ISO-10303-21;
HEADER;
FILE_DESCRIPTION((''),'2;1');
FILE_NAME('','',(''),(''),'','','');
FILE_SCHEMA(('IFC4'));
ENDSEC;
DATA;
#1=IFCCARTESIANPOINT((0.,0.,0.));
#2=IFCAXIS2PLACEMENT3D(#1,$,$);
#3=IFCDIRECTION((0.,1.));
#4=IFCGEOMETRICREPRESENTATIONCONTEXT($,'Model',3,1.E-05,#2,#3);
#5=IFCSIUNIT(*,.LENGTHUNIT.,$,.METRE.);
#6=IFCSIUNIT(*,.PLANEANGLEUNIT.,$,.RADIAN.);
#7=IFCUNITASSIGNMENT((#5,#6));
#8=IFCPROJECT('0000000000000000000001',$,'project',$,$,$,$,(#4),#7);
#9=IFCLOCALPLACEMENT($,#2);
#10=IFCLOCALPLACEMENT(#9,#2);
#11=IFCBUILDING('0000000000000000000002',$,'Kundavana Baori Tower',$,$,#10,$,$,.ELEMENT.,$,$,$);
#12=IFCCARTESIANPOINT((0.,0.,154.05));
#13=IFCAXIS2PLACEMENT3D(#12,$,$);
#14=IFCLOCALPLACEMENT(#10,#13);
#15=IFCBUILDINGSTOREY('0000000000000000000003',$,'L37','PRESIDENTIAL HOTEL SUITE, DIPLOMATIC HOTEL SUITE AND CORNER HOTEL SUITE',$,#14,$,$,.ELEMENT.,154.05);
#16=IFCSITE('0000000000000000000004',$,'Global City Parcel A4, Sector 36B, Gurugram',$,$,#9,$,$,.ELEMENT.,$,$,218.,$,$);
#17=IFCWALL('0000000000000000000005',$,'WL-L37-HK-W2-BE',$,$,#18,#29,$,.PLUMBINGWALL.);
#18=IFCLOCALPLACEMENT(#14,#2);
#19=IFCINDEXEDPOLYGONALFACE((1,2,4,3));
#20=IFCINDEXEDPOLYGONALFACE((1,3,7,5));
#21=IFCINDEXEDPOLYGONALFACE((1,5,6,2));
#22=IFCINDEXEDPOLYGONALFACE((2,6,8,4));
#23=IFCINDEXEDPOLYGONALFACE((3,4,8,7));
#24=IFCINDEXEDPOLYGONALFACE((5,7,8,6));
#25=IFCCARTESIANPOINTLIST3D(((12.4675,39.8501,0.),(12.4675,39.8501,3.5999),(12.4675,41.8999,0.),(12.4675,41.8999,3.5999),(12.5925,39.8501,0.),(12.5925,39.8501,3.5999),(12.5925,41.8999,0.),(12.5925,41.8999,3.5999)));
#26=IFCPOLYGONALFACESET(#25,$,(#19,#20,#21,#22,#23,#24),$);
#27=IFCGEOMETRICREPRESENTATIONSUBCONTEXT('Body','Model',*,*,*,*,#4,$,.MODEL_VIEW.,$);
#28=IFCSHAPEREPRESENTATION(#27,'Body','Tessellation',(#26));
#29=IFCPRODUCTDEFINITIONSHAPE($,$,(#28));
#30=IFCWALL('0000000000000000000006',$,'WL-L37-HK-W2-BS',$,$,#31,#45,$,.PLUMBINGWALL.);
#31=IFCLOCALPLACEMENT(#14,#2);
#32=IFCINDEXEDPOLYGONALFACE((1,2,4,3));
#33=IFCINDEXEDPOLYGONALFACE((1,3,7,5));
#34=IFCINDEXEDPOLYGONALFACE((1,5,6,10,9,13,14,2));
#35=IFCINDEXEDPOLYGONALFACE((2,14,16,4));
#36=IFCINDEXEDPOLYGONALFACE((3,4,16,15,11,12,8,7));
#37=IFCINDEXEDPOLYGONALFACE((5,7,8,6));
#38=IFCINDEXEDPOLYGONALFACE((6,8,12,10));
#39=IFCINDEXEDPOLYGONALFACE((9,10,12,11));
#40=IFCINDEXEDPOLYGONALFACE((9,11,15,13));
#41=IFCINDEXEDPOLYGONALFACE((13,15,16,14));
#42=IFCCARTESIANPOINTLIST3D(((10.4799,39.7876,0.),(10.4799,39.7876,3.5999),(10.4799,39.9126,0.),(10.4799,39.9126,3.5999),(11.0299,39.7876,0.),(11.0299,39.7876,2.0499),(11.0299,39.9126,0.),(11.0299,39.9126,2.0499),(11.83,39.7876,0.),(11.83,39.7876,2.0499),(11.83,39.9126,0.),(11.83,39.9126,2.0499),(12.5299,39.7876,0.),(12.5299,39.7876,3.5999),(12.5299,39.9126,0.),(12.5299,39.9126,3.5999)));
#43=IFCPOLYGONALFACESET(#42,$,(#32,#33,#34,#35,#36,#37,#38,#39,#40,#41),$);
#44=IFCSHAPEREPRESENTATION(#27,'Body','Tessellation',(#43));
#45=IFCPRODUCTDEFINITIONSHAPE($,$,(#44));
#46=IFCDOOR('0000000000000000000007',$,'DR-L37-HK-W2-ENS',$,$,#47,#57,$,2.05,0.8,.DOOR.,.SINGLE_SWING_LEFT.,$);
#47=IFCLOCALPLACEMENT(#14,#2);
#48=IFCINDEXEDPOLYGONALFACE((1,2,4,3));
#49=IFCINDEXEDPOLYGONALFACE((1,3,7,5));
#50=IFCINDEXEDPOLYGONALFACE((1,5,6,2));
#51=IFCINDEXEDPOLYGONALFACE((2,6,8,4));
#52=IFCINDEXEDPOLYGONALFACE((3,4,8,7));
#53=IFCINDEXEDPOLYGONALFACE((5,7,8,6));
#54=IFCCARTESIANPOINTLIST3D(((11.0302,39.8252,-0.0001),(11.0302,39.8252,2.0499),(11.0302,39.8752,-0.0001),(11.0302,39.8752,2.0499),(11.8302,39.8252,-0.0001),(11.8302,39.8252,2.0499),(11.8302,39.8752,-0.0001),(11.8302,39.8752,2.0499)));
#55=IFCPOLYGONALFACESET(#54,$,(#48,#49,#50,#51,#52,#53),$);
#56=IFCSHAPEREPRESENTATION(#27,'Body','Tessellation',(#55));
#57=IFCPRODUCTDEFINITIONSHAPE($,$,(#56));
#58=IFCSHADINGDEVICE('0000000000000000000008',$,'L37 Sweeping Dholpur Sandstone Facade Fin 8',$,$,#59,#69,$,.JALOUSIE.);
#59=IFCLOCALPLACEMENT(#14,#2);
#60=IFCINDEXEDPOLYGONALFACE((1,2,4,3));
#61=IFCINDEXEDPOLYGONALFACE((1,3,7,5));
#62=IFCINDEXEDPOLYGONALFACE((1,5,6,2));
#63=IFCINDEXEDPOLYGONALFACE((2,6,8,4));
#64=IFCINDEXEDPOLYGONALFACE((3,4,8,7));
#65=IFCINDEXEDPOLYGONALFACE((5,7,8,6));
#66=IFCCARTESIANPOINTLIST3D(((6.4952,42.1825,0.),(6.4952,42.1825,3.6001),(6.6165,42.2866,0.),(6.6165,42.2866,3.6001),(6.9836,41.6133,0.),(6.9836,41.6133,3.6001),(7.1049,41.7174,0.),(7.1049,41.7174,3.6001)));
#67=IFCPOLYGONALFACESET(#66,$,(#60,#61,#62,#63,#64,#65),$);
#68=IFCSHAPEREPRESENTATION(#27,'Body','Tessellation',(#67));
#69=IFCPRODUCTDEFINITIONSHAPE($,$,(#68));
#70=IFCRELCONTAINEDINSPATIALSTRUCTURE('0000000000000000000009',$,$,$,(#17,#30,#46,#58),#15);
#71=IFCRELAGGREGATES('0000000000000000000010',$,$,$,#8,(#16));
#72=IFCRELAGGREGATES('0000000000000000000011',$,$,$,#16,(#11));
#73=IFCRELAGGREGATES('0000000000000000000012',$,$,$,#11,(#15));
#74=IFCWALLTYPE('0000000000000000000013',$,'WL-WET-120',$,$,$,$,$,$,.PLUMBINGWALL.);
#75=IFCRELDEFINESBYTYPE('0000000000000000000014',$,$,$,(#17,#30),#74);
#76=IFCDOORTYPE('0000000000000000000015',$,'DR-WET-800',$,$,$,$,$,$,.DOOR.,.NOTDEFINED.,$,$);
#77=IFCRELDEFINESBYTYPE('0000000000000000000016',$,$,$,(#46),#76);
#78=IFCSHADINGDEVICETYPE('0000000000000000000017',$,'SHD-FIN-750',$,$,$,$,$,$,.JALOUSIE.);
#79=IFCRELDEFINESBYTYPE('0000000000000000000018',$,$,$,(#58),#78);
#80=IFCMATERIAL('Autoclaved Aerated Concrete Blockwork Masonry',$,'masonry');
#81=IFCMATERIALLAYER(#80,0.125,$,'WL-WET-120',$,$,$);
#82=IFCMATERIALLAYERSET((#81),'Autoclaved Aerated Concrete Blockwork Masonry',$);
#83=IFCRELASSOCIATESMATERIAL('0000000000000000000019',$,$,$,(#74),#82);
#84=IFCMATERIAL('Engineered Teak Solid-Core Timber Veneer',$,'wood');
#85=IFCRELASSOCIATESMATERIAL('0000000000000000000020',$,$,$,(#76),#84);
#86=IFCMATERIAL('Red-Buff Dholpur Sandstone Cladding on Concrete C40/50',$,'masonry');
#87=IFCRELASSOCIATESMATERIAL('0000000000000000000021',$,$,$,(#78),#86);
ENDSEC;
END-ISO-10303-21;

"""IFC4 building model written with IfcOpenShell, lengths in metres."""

from ifc_helpers import new_model, si_unit, direction, frame, frame_2d, origin, origin_2d, place, context, subcontext, project, spatial, rectangle, extrude, material, layer, layer_set, type_object, element, fill, save


model = new_model("IFC4")

# Units and contexts
model_context = context("Model", 3, precision=1e-05, world=origin(), true_north=direction((0.0, 1.0)))
body_context = subcontext(model_context, "Body", "Model", "MODEL_VIEW")
ifc_project = project(units=[si_unit("LENGTHUNIT", "METRE"), si_unit("PLANEANGLEUNIT", "RADIAN")], contexts=[model_context])

# Site, building, storey
site_placement = place(None, origin())
site = spatial("IfcSite", under=ifc_project, at=site_placement, Name="Global City Parcel A4, Sector 36B, Gurugram", CompositionType="ELEMENT", RefElevation=218.0)
building_placement = place(site_placement, origin())
building = spatial("IfcBuilding", under=site, at=building_placement, Name="Kundavana Baori Tower", CompositionType="ELEMENT")
storey_placement = place(building_placement, frame((0.0, 0.0, 154.05)))
storey = spatial("IfcBuildingStorey", under=building, at=storey_placement, Name="L37", Description="PRESIDENTIAL HOTEL SUITE, DIPLOMATIC HOTEL SUITE AND CORNER HOTEL SUITE", CompositionType="ELEMENT", Elevation=154.05)

# Wall
ifc_material_1 = material(Name="Autoclaved Aerated Concrete Blockwork Masonry", Category="masonry")
ifc_layer_1 = layer(ifc_material_1, 0.125, Name="WL-WET-120")
ifc_layer_set_1 = layer_set([ifc_layer_1], Name="Autoclaved Aerated Concrete Blockwork Masonry")
wall_type_1 = type_object("IfcWallType", Name="WL-WET-120", PredefinedType="PLUMBINGWALL", material=ifc_layer_set_1)
wall_1_placement = place(storey_placement, frame((12.53, 39.8501, 0.0), z_axis=(0.0, 0.0, 1.0), x_axis=(0.0, 1.0, 0.0)))
element("IfcWall", 1, at=wall_1_placement, inside=storey, type_object=wall_type_1, Name="WL-L37-HK-W2-BE", PredefinedType="PLUMBINGWALL", context=body_context, shape_type="SweptSolid", body=[
    extrude(rectangle(XDim=2.0498, YDim=0.125, at=frame_2d((1.0249, 0.0))), origin(), (0.0, 0.0, 1.0), 3.5999),
])

# Wall, opening, door
wall_2_placement = place(storey_placement, frame((10.48, 39.8501, 0.0), z_axis=(0.0, 0.0, 1.0), x_axis=(1.0, 0.0, 0.0)))
wall_2 = element("IfcWall", 2, at=wall_2_placement, inside=storey, type_object=wall_type_1, Name="WL-L37-HK-W2-BS", PredefinedType="PLUMBINGWALL", context=body_context, shape_type="SweptSolid", body=[
    extrude(rectangle(XDim=2.05, YDim=0.125, at=frame_2d((1.0249, 0.0))), origin(), (0.0, 0.0, 1.0), 3.5999),
])
opening_1_placement = place(wall_2_placement, frame((0.55, 0.0, 0.0)))
opening_1 = element("IfcOpeningElement", 3, at=opening_1_placement, cuts=wall_2, PredefinedType="OPENING", context=body_context, shape_type="SweptSolid", body=[
    extrude(rectangle(XDim=0.8, YDim=2.05, at=frame_2d((0.3999, 1.0249))), frame((0.0, 0.0725, 0.0), z_axis=(0.0, -1.0, 0.0), x_axis=(1.0, 0.0, 0.0)), (0.0, 0.0, 1.0), 0.145),
])
ifc_material_2 = material(Name="Engineered Teak Solid-Core Timber Veneer", Category="wood")
door_type_1 = type_object("IfcDoorType", Name="DR-WET-800", OperationType="NOTDEFINED", PredefinedType="DOOR", material=ifc_material_2)
door_1_placement = place(opening_1_placement, frame((0.8, 0.0, 0.0), z_axis=(0.0, 0.0, 1.0), x_axis=(-1.0, 0.0, 0.0)))
door_1 = element("IfcDoor", 4, at=door_1_placement, inside=storey, type_object=door_type_1, Name="DR-L37-HK-W2-ENS", OperationType="SINGLE_SWING_LEFT", OverallHeight=2.05, OverallWidth=0.8, PredefinedType="DOOR", context=body_context, shape_type="SweptSolid", body=[
    extrude(rectangle(XDim=0.8, YDim=2.05, at=frame_2d((0.3999, 1.0249))), frame((0.0, 0.0249, 0.0), z_axis=(0.0, -1.0, 0.0), x_axis=(1.0, 0.0, 0.0)), (0.0, 0.0, 1.0), 0.05),
])
fill(opening_1, door_1)

# Shading device
ifc_material_3 = material(Name="Red-Buff Dholpur Sandstone Cladding on Concrete C40/50", Category="masonry")
shading_device_type = type_object("IfcShadingDeviceType", Name="SHD-FIN-750", PredefinedType="JALOUSIE", material=ifc_material_3)
shading_device_placement = place(storey_placement, frame((6.8, 41.95, 0.0), z_axis=(0.0, 0.0, 1.0), x_axis=(0.75893, 0.651172, 0.0)))
element("IfcShadingDevice", 5, at=shading_device_placement, inside=storey, type_object=shading_device_type, Name="L37 Sweeping Dholpur Sandstone Facade Fin 8", PredefinedType="JALOUSIE", context=body_context, shape_type="SweptSolid", body=[
    extrude(rectangle(XDim=0.1599, YDim=0.75, at=origin_2d()), origin(), (0.0, 0.0, 1.0), 3.6001),
])

save(model, "model.ifc")
